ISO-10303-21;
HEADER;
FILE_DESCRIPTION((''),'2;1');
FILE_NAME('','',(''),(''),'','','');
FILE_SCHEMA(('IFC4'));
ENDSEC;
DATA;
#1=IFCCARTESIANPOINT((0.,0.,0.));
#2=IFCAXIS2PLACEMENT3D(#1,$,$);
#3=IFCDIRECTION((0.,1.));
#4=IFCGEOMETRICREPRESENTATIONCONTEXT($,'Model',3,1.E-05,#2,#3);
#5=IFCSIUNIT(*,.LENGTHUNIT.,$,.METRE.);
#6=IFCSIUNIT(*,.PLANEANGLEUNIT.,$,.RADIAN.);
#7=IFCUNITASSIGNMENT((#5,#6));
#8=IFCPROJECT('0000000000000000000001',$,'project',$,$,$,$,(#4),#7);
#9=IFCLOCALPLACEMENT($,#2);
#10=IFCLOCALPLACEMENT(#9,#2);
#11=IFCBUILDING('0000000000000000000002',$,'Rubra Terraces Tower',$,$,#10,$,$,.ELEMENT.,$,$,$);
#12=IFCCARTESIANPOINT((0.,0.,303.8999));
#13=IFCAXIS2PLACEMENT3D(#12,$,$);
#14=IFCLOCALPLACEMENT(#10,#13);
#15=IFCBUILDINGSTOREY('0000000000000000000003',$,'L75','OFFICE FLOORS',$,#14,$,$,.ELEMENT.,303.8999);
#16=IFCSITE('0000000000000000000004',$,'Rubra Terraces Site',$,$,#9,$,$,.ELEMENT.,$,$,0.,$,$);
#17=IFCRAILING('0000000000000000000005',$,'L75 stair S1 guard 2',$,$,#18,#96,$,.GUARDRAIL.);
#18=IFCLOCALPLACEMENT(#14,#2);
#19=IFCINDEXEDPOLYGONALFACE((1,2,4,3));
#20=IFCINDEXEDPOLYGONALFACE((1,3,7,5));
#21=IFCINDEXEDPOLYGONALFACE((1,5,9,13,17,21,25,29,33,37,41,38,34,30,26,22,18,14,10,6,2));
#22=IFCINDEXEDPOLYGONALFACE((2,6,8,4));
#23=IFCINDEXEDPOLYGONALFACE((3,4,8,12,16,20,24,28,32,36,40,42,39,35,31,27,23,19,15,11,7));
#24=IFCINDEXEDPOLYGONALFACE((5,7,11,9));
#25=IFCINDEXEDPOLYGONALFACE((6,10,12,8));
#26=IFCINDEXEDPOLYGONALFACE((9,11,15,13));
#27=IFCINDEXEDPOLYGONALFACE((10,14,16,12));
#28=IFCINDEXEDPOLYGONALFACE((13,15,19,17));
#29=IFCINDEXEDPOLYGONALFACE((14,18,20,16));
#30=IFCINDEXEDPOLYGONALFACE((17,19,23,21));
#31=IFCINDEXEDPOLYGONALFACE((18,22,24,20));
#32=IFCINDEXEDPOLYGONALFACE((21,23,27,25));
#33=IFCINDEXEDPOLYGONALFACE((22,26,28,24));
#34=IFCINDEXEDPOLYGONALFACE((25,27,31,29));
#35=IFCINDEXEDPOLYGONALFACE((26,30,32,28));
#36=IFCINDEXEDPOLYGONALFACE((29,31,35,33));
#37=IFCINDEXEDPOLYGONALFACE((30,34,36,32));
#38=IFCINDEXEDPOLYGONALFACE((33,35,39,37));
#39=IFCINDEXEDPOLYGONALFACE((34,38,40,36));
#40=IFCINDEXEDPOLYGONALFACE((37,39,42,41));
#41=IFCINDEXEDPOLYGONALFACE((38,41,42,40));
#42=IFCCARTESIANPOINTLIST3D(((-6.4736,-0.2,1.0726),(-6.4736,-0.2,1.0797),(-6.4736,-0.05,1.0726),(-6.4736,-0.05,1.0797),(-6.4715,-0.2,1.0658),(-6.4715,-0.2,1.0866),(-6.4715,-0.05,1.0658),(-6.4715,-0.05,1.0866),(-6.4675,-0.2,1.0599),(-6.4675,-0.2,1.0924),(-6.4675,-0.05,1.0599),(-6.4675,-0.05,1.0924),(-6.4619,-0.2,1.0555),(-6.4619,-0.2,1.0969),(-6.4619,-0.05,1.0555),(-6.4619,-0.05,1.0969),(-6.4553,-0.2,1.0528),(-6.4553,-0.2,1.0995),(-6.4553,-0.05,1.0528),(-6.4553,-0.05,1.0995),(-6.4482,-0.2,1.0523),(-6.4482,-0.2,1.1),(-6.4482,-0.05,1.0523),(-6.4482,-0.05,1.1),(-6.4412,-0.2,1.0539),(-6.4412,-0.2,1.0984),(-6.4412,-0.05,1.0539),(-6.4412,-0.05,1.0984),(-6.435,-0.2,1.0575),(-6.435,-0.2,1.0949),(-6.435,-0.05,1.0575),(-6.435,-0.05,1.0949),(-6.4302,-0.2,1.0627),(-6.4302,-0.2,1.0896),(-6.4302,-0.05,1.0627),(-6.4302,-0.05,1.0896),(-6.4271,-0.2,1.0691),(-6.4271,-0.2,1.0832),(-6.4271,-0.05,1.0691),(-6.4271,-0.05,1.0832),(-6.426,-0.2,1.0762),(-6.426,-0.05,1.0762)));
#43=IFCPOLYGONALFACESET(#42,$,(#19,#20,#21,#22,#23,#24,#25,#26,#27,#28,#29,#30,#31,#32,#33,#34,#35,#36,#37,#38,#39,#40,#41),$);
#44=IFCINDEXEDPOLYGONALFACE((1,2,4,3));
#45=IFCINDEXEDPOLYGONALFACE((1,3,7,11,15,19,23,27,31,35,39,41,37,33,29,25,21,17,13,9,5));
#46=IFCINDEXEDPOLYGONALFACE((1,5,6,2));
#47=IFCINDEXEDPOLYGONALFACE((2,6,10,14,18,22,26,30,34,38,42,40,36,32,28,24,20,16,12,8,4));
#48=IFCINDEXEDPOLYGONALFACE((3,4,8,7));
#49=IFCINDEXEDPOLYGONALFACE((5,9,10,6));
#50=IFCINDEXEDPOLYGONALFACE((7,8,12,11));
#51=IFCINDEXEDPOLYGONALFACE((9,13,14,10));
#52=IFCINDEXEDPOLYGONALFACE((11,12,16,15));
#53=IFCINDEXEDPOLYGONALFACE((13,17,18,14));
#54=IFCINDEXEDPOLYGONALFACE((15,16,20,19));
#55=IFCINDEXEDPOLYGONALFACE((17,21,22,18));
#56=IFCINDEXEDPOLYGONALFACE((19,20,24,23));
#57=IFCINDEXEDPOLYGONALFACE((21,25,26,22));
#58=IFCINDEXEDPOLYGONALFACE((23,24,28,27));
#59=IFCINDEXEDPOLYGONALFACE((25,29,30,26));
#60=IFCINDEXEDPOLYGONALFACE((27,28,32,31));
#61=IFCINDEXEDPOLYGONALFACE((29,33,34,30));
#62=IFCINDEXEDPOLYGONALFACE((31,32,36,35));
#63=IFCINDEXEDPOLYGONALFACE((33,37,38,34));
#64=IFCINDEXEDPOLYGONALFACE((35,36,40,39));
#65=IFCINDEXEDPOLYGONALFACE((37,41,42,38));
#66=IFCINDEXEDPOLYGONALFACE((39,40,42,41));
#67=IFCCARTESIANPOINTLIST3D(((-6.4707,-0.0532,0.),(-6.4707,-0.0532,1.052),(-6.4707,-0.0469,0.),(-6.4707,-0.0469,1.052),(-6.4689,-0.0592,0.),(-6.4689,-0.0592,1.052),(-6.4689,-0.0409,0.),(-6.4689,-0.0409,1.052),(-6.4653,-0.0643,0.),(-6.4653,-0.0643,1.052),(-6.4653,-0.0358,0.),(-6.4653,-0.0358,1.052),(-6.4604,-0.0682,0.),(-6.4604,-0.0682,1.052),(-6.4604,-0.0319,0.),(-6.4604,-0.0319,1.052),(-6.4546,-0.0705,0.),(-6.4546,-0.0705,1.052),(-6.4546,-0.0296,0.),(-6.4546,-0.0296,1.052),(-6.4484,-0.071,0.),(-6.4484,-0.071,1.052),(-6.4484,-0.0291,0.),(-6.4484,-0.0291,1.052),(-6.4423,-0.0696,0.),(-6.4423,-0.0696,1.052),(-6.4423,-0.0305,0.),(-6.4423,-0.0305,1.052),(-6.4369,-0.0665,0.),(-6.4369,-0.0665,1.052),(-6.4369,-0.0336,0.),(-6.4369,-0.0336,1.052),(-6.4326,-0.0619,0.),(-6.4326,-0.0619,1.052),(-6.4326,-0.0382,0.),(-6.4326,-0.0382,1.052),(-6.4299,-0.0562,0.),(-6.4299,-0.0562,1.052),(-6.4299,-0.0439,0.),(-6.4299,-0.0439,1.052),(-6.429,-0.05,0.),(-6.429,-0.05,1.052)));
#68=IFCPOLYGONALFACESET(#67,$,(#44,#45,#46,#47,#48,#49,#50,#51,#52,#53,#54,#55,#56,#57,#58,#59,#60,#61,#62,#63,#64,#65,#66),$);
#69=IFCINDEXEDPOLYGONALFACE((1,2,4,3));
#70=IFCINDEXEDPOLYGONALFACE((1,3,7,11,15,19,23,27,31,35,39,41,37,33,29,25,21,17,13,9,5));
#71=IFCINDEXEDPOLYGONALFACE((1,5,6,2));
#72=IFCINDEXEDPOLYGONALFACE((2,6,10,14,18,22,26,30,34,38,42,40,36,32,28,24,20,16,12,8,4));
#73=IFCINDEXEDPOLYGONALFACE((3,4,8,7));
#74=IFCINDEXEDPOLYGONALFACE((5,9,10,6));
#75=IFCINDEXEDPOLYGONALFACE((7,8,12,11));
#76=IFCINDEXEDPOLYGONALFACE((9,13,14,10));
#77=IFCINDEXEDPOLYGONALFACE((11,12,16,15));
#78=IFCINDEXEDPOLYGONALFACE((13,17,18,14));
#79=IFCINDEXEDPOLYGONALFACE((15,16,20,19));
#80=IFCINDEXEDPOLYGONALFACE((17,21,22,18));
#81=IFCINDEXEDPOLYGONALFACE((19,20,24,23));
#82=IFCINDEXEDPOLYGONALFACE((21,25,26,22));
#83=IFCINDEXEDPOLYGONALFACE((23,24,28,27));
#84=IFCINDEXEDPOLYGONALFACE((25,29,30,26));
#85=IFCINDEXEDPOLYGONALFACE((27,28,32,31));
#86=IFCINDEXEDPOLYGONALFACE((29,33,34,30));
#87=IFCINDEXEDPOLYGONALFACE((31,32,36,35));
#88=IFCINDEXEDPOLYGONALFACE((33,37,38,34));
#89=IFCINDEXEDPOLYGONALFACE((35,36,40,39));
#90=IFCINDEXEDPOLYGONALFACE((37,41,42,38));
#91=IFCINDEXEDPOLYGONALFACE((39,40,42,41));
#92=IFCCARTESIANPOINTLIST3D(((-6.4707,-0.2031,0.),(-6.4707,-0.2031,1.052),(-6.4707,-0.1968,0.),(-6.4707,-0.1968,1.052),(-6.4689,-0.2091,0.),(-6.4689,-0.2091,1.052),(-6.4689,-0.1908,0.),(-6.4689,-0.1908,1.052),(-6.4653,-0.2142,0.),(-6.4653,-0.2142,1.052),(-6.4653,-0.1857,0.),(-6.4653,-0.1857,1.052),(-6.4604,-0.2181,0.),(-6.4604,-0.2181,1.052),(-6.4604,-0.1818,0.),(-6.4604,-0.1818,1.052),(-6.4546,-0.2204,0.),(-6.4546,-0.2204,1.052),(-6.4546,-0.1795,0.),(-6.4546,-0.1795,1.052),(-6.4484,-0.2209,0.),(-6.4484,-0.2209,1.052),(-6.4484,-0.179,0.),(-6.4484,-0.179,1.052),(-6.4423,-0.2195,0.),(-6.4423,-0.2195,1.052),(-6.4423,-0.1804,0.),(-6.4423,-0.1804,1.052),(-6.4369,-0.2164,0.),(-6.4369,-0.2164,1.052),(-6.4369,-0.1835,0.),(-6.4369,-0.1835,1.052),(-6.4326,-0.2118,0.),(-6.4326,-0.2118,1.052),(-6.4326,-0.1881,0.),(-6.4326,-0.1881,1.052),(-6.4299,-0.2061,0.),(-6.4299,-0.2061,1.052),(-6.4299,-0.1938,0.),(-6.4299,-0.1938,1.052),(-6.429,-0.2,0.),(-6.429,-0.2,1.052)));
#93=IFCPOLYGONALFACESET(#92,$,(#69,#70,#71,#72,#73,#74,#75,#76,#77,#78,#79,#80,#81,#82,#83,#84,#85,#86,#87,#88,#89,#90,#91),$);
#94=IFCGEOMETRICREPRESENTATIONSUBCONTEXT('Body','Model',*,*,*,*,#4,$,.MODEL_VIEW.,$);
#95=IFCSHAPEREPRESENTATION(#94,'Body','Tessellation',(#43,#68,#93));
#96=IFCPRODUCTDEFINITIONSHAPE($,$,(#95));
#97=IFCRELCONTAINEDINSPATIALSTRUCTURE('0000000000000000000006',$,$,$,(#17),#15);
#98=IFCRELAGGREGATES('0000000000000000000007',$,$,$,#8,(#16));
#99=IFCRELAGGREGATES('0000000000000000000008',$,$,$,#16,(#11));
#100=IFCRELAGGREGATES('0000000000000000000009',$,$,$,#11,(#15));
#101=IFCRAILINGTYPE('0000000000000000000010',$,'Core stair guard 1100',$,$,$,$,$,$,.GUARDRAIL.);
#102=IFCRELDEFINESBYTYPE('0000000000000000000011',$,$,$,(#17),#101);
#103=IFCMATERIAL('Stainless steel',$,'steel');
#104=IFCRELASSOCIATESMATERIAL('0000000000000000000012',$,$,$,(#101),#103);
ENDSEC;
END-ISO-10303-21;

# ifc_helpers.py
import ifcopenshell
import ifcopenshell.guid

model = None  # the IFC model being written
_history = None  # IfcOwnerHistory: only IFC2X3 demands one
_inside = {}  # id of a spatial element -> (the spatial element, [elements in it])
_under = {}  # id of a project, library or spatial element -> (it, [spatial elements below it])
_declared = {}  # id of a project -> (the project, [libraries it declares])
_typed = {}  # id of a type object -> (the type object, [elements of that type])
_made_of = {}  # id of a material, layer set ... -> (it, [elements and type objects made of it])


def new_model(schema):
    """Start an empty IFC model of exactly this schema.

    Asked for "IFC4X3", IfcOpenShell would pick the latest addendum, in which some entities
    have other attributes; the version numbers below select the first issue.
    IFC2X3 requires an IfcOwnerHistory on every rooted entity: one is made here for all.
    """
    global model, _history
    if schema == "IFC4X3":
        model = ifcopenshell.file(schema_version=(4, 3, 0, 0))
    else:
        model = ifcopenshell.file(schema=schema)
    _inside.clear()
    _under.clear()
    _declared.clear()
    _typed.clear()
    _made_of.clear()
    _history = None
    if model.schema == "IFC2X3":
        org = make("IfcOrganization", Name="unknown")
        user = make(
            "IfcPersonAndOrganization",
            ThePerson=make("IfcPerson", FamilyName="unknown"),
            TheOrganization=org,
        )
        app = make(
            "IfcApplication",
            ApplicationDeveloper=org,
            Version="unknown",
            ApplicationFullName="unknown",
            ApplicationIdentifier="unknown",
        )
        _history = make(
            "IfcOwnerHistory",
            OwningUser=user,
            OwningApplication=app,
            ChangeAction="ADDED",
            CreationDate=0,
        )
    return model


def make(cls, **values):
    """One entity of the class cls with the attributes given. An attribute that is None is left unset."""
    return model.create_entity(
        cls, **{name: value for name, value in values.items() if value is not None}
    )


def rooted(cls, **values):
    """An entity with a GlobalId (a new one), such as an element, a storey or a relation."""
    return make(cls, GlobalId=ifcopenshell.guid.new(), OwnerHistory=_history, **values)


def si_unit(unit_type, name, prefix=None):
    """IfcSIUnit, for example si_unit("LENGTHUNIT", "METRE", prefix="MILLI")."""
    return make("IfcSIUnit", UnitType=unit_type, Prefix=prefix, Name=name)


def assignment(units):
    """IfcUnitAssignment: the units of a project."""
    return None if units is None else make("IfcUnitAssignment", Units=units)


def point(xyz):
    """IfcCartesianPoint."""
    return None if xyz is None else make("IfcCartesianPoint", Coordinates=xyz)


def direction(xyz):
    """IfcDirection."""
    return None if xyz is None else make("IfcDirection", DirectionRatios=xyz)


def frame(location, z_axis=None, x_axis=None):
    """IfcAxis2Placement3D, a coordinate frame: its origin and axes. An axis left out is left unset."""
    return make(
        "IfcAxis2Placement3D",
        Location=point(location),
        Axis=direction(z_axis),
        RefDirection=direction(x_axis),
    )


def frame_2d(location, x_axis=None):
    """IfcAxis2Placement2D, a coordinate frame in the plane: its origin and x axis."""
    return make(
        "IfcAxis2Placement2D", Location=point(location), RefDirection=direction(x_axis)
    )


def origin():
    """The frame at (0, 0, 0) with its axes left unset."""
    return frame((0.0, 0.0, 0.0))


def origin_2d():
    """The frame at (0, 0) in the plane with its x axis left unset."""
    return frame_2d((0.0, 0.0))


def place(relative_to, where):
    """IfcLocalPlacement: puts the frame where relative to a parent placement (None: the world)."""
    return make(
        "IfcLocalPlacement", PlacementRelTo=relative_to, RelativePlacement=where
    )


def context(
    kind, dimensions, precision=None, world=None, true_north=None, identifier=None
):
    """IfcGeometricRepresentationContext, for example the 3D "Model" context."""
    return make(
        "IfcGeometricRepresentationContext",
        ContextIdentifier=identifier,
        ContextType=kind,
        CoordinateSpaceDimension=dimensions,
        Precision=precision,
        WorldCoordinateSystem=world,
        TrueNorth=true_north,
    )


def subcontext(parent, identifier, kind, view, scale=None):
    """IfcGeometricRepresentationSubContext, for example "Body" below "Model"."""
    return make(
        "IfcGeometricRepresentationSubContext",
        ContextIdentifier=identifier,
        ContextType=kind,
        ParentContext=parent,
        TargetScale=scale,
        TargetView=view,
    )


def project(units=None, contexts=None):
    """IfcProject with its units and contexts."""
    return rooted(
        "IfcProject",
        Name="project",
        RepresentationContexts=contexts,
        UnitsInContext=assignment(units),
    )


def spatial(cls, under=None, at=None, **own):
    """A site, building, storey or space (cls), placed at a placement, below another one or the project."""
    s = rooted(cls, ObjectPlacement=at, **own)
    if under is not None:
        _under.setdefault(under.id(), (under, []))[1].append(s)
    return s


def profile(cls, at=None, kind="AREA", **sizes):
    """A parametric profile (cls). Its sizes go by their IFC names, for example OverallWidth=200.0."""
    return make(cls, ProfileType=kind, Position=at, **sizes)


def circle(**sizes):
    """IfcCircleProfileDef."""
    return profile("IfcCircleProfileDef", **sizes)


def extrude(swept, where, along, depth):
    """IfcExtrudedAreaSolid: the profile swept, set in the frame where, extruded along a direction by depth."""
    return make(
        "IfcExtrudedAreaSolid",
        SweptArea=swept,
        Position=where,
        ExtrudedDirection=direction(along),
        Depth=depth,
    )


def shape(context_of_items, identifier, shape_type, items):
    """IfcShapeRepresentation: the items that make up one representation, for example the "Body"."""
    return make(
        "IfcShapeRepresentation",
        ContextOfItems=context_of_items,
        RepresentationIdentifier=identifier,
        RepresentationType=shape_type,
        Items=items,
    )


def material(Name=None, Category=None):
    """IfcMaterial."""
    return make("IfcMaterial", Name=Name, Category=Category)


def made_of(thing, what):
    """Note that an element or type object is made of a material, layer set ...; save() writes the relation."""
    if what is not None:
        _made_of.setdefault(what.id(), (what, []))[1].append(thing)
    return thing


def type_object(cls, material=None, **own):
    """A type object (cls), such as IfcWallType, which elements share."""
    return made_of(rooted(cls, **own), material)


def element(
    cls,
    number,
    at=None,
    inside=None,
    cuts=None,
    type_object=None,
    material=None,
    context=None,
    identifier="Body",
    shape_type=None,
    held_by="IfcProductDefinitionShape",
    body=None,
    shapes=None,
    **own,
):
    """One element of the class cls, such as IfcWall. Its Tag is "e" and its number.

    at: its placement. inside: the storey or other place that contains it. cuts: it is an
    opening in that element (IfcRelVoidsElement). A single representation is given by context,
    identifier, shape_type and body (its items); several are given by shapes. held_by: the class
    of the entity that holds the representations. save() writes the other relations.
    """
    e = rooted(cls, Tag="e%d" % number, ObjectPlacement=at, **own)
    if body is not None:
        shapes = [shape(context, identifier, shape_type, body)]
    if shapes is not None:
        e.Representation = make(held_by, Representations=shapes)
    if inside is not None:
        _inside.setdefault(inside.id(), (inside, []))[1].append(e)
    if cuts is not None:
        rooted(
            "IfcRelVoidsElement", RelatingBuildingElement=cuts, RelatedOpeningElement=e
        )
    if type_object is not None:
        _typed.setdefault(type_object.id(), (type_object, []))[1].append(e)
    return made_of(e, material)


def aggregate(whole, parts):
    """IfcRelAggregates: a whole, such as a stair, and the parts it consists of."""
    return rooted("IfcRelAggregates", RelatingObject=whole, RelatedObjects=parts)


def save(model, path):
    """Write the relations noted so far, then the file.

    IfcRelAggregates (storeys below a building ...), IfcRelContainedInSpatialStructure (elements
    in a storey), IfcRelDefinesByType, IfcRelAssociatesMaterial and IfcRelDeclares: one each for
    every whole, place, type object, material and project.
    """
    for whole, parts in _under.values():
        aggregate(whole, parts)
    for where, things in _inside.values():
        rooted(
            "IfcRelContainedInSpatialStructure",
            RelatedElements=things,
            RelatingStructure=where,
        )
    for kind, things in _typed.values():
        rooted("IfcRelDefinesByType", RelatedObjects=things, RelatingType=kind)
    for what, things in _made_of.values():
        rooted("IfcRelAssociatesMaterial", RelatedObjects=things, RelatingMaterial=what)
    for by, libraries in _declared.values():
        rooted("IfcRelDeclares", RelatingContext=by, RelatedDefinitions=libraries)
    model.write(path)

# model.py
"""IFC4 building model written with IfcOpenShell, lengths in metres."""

from ifc_helpers import new_model, si_unit, direction, frame, origin, origin_2d, place, context, subcontext, project, spatial, circle, extrude, material, type_object, element, save


model = new_model("IFC4")

# Units and contexts
model_context = context("Model", 3, precision=1e-05, world=origin(), true_north=direction((0.0, 1.0)))
body_context = subcontext(model_context, "Body", "Model", "MODEL_VIEW")
ifc_project = project(units=[si_unit("LENGTHUNIT", "METRE"), si_unit("PLANEANGLEUNIT", "RADIAN")], contexts=[model_context])

# Site, building, storey
site_placement = place(None, origin())
site = spatial("IfcSite", under=ifc_project, at=site_placement, Name="Rubra Terraces Site", CompositionType="ELEMENT", RefElevation=0.0)
building_placement = place(site_placement, origin())
building = spatial("IfcBuilding", under=site, at=building_placement, Name="Rubra Terraces Tower", CompositionType="ELEMENT")
storey_placement = place(building_placement, frame((0.0, 0.0, 303.8999)))
storey = spatial("IfcBuildingStorey", under=building, at=storey_placement, Name="L75", Description="OFFICE FLOORS", CompositionType="ELEMENT", Elevation=303.8999)

# Railing
ifc_material_1 = material(Name="Stainless steel", Category="steel")
railing_type = type_object("IfcRailingType", Name="Core stair guard 1100", PredefinedType="GUARDRAIL", material=ifc_material_1)
railing_1_placement = place(storey_placement, frame((-6.45, -0.05, 0.0)))
element("IfcRailing", 1, at=railing_1_placement, inside=storey, type_object=railing_type, Name="L75 stair S1 guard 2", PredefinedType="GUARDRAIL", context=body_context, shape_type="SweptSolid", body=[
    extrude(circle(Radius=0.0239, at=origin_2d()), frame((0.0, 0.0, 1.0762), z_axis=(0.0, -1.0, 0.0), x_axis=(1.0, 0.0, 0.0)), (0.0, 0.0, 1.0), 0.1499),
    extrude(circle(Radius=0.021, at=origin_2d()), origin(), (0.0, 0.0, 1.0), 1.052),
    extrude(circle(Radius=0.021, at=origin_2d()), frame((0.0, -0.1499, 0.0)), (0.0, 0.0, 1.0), 1.052),
])

save(model, "model.ifc")
